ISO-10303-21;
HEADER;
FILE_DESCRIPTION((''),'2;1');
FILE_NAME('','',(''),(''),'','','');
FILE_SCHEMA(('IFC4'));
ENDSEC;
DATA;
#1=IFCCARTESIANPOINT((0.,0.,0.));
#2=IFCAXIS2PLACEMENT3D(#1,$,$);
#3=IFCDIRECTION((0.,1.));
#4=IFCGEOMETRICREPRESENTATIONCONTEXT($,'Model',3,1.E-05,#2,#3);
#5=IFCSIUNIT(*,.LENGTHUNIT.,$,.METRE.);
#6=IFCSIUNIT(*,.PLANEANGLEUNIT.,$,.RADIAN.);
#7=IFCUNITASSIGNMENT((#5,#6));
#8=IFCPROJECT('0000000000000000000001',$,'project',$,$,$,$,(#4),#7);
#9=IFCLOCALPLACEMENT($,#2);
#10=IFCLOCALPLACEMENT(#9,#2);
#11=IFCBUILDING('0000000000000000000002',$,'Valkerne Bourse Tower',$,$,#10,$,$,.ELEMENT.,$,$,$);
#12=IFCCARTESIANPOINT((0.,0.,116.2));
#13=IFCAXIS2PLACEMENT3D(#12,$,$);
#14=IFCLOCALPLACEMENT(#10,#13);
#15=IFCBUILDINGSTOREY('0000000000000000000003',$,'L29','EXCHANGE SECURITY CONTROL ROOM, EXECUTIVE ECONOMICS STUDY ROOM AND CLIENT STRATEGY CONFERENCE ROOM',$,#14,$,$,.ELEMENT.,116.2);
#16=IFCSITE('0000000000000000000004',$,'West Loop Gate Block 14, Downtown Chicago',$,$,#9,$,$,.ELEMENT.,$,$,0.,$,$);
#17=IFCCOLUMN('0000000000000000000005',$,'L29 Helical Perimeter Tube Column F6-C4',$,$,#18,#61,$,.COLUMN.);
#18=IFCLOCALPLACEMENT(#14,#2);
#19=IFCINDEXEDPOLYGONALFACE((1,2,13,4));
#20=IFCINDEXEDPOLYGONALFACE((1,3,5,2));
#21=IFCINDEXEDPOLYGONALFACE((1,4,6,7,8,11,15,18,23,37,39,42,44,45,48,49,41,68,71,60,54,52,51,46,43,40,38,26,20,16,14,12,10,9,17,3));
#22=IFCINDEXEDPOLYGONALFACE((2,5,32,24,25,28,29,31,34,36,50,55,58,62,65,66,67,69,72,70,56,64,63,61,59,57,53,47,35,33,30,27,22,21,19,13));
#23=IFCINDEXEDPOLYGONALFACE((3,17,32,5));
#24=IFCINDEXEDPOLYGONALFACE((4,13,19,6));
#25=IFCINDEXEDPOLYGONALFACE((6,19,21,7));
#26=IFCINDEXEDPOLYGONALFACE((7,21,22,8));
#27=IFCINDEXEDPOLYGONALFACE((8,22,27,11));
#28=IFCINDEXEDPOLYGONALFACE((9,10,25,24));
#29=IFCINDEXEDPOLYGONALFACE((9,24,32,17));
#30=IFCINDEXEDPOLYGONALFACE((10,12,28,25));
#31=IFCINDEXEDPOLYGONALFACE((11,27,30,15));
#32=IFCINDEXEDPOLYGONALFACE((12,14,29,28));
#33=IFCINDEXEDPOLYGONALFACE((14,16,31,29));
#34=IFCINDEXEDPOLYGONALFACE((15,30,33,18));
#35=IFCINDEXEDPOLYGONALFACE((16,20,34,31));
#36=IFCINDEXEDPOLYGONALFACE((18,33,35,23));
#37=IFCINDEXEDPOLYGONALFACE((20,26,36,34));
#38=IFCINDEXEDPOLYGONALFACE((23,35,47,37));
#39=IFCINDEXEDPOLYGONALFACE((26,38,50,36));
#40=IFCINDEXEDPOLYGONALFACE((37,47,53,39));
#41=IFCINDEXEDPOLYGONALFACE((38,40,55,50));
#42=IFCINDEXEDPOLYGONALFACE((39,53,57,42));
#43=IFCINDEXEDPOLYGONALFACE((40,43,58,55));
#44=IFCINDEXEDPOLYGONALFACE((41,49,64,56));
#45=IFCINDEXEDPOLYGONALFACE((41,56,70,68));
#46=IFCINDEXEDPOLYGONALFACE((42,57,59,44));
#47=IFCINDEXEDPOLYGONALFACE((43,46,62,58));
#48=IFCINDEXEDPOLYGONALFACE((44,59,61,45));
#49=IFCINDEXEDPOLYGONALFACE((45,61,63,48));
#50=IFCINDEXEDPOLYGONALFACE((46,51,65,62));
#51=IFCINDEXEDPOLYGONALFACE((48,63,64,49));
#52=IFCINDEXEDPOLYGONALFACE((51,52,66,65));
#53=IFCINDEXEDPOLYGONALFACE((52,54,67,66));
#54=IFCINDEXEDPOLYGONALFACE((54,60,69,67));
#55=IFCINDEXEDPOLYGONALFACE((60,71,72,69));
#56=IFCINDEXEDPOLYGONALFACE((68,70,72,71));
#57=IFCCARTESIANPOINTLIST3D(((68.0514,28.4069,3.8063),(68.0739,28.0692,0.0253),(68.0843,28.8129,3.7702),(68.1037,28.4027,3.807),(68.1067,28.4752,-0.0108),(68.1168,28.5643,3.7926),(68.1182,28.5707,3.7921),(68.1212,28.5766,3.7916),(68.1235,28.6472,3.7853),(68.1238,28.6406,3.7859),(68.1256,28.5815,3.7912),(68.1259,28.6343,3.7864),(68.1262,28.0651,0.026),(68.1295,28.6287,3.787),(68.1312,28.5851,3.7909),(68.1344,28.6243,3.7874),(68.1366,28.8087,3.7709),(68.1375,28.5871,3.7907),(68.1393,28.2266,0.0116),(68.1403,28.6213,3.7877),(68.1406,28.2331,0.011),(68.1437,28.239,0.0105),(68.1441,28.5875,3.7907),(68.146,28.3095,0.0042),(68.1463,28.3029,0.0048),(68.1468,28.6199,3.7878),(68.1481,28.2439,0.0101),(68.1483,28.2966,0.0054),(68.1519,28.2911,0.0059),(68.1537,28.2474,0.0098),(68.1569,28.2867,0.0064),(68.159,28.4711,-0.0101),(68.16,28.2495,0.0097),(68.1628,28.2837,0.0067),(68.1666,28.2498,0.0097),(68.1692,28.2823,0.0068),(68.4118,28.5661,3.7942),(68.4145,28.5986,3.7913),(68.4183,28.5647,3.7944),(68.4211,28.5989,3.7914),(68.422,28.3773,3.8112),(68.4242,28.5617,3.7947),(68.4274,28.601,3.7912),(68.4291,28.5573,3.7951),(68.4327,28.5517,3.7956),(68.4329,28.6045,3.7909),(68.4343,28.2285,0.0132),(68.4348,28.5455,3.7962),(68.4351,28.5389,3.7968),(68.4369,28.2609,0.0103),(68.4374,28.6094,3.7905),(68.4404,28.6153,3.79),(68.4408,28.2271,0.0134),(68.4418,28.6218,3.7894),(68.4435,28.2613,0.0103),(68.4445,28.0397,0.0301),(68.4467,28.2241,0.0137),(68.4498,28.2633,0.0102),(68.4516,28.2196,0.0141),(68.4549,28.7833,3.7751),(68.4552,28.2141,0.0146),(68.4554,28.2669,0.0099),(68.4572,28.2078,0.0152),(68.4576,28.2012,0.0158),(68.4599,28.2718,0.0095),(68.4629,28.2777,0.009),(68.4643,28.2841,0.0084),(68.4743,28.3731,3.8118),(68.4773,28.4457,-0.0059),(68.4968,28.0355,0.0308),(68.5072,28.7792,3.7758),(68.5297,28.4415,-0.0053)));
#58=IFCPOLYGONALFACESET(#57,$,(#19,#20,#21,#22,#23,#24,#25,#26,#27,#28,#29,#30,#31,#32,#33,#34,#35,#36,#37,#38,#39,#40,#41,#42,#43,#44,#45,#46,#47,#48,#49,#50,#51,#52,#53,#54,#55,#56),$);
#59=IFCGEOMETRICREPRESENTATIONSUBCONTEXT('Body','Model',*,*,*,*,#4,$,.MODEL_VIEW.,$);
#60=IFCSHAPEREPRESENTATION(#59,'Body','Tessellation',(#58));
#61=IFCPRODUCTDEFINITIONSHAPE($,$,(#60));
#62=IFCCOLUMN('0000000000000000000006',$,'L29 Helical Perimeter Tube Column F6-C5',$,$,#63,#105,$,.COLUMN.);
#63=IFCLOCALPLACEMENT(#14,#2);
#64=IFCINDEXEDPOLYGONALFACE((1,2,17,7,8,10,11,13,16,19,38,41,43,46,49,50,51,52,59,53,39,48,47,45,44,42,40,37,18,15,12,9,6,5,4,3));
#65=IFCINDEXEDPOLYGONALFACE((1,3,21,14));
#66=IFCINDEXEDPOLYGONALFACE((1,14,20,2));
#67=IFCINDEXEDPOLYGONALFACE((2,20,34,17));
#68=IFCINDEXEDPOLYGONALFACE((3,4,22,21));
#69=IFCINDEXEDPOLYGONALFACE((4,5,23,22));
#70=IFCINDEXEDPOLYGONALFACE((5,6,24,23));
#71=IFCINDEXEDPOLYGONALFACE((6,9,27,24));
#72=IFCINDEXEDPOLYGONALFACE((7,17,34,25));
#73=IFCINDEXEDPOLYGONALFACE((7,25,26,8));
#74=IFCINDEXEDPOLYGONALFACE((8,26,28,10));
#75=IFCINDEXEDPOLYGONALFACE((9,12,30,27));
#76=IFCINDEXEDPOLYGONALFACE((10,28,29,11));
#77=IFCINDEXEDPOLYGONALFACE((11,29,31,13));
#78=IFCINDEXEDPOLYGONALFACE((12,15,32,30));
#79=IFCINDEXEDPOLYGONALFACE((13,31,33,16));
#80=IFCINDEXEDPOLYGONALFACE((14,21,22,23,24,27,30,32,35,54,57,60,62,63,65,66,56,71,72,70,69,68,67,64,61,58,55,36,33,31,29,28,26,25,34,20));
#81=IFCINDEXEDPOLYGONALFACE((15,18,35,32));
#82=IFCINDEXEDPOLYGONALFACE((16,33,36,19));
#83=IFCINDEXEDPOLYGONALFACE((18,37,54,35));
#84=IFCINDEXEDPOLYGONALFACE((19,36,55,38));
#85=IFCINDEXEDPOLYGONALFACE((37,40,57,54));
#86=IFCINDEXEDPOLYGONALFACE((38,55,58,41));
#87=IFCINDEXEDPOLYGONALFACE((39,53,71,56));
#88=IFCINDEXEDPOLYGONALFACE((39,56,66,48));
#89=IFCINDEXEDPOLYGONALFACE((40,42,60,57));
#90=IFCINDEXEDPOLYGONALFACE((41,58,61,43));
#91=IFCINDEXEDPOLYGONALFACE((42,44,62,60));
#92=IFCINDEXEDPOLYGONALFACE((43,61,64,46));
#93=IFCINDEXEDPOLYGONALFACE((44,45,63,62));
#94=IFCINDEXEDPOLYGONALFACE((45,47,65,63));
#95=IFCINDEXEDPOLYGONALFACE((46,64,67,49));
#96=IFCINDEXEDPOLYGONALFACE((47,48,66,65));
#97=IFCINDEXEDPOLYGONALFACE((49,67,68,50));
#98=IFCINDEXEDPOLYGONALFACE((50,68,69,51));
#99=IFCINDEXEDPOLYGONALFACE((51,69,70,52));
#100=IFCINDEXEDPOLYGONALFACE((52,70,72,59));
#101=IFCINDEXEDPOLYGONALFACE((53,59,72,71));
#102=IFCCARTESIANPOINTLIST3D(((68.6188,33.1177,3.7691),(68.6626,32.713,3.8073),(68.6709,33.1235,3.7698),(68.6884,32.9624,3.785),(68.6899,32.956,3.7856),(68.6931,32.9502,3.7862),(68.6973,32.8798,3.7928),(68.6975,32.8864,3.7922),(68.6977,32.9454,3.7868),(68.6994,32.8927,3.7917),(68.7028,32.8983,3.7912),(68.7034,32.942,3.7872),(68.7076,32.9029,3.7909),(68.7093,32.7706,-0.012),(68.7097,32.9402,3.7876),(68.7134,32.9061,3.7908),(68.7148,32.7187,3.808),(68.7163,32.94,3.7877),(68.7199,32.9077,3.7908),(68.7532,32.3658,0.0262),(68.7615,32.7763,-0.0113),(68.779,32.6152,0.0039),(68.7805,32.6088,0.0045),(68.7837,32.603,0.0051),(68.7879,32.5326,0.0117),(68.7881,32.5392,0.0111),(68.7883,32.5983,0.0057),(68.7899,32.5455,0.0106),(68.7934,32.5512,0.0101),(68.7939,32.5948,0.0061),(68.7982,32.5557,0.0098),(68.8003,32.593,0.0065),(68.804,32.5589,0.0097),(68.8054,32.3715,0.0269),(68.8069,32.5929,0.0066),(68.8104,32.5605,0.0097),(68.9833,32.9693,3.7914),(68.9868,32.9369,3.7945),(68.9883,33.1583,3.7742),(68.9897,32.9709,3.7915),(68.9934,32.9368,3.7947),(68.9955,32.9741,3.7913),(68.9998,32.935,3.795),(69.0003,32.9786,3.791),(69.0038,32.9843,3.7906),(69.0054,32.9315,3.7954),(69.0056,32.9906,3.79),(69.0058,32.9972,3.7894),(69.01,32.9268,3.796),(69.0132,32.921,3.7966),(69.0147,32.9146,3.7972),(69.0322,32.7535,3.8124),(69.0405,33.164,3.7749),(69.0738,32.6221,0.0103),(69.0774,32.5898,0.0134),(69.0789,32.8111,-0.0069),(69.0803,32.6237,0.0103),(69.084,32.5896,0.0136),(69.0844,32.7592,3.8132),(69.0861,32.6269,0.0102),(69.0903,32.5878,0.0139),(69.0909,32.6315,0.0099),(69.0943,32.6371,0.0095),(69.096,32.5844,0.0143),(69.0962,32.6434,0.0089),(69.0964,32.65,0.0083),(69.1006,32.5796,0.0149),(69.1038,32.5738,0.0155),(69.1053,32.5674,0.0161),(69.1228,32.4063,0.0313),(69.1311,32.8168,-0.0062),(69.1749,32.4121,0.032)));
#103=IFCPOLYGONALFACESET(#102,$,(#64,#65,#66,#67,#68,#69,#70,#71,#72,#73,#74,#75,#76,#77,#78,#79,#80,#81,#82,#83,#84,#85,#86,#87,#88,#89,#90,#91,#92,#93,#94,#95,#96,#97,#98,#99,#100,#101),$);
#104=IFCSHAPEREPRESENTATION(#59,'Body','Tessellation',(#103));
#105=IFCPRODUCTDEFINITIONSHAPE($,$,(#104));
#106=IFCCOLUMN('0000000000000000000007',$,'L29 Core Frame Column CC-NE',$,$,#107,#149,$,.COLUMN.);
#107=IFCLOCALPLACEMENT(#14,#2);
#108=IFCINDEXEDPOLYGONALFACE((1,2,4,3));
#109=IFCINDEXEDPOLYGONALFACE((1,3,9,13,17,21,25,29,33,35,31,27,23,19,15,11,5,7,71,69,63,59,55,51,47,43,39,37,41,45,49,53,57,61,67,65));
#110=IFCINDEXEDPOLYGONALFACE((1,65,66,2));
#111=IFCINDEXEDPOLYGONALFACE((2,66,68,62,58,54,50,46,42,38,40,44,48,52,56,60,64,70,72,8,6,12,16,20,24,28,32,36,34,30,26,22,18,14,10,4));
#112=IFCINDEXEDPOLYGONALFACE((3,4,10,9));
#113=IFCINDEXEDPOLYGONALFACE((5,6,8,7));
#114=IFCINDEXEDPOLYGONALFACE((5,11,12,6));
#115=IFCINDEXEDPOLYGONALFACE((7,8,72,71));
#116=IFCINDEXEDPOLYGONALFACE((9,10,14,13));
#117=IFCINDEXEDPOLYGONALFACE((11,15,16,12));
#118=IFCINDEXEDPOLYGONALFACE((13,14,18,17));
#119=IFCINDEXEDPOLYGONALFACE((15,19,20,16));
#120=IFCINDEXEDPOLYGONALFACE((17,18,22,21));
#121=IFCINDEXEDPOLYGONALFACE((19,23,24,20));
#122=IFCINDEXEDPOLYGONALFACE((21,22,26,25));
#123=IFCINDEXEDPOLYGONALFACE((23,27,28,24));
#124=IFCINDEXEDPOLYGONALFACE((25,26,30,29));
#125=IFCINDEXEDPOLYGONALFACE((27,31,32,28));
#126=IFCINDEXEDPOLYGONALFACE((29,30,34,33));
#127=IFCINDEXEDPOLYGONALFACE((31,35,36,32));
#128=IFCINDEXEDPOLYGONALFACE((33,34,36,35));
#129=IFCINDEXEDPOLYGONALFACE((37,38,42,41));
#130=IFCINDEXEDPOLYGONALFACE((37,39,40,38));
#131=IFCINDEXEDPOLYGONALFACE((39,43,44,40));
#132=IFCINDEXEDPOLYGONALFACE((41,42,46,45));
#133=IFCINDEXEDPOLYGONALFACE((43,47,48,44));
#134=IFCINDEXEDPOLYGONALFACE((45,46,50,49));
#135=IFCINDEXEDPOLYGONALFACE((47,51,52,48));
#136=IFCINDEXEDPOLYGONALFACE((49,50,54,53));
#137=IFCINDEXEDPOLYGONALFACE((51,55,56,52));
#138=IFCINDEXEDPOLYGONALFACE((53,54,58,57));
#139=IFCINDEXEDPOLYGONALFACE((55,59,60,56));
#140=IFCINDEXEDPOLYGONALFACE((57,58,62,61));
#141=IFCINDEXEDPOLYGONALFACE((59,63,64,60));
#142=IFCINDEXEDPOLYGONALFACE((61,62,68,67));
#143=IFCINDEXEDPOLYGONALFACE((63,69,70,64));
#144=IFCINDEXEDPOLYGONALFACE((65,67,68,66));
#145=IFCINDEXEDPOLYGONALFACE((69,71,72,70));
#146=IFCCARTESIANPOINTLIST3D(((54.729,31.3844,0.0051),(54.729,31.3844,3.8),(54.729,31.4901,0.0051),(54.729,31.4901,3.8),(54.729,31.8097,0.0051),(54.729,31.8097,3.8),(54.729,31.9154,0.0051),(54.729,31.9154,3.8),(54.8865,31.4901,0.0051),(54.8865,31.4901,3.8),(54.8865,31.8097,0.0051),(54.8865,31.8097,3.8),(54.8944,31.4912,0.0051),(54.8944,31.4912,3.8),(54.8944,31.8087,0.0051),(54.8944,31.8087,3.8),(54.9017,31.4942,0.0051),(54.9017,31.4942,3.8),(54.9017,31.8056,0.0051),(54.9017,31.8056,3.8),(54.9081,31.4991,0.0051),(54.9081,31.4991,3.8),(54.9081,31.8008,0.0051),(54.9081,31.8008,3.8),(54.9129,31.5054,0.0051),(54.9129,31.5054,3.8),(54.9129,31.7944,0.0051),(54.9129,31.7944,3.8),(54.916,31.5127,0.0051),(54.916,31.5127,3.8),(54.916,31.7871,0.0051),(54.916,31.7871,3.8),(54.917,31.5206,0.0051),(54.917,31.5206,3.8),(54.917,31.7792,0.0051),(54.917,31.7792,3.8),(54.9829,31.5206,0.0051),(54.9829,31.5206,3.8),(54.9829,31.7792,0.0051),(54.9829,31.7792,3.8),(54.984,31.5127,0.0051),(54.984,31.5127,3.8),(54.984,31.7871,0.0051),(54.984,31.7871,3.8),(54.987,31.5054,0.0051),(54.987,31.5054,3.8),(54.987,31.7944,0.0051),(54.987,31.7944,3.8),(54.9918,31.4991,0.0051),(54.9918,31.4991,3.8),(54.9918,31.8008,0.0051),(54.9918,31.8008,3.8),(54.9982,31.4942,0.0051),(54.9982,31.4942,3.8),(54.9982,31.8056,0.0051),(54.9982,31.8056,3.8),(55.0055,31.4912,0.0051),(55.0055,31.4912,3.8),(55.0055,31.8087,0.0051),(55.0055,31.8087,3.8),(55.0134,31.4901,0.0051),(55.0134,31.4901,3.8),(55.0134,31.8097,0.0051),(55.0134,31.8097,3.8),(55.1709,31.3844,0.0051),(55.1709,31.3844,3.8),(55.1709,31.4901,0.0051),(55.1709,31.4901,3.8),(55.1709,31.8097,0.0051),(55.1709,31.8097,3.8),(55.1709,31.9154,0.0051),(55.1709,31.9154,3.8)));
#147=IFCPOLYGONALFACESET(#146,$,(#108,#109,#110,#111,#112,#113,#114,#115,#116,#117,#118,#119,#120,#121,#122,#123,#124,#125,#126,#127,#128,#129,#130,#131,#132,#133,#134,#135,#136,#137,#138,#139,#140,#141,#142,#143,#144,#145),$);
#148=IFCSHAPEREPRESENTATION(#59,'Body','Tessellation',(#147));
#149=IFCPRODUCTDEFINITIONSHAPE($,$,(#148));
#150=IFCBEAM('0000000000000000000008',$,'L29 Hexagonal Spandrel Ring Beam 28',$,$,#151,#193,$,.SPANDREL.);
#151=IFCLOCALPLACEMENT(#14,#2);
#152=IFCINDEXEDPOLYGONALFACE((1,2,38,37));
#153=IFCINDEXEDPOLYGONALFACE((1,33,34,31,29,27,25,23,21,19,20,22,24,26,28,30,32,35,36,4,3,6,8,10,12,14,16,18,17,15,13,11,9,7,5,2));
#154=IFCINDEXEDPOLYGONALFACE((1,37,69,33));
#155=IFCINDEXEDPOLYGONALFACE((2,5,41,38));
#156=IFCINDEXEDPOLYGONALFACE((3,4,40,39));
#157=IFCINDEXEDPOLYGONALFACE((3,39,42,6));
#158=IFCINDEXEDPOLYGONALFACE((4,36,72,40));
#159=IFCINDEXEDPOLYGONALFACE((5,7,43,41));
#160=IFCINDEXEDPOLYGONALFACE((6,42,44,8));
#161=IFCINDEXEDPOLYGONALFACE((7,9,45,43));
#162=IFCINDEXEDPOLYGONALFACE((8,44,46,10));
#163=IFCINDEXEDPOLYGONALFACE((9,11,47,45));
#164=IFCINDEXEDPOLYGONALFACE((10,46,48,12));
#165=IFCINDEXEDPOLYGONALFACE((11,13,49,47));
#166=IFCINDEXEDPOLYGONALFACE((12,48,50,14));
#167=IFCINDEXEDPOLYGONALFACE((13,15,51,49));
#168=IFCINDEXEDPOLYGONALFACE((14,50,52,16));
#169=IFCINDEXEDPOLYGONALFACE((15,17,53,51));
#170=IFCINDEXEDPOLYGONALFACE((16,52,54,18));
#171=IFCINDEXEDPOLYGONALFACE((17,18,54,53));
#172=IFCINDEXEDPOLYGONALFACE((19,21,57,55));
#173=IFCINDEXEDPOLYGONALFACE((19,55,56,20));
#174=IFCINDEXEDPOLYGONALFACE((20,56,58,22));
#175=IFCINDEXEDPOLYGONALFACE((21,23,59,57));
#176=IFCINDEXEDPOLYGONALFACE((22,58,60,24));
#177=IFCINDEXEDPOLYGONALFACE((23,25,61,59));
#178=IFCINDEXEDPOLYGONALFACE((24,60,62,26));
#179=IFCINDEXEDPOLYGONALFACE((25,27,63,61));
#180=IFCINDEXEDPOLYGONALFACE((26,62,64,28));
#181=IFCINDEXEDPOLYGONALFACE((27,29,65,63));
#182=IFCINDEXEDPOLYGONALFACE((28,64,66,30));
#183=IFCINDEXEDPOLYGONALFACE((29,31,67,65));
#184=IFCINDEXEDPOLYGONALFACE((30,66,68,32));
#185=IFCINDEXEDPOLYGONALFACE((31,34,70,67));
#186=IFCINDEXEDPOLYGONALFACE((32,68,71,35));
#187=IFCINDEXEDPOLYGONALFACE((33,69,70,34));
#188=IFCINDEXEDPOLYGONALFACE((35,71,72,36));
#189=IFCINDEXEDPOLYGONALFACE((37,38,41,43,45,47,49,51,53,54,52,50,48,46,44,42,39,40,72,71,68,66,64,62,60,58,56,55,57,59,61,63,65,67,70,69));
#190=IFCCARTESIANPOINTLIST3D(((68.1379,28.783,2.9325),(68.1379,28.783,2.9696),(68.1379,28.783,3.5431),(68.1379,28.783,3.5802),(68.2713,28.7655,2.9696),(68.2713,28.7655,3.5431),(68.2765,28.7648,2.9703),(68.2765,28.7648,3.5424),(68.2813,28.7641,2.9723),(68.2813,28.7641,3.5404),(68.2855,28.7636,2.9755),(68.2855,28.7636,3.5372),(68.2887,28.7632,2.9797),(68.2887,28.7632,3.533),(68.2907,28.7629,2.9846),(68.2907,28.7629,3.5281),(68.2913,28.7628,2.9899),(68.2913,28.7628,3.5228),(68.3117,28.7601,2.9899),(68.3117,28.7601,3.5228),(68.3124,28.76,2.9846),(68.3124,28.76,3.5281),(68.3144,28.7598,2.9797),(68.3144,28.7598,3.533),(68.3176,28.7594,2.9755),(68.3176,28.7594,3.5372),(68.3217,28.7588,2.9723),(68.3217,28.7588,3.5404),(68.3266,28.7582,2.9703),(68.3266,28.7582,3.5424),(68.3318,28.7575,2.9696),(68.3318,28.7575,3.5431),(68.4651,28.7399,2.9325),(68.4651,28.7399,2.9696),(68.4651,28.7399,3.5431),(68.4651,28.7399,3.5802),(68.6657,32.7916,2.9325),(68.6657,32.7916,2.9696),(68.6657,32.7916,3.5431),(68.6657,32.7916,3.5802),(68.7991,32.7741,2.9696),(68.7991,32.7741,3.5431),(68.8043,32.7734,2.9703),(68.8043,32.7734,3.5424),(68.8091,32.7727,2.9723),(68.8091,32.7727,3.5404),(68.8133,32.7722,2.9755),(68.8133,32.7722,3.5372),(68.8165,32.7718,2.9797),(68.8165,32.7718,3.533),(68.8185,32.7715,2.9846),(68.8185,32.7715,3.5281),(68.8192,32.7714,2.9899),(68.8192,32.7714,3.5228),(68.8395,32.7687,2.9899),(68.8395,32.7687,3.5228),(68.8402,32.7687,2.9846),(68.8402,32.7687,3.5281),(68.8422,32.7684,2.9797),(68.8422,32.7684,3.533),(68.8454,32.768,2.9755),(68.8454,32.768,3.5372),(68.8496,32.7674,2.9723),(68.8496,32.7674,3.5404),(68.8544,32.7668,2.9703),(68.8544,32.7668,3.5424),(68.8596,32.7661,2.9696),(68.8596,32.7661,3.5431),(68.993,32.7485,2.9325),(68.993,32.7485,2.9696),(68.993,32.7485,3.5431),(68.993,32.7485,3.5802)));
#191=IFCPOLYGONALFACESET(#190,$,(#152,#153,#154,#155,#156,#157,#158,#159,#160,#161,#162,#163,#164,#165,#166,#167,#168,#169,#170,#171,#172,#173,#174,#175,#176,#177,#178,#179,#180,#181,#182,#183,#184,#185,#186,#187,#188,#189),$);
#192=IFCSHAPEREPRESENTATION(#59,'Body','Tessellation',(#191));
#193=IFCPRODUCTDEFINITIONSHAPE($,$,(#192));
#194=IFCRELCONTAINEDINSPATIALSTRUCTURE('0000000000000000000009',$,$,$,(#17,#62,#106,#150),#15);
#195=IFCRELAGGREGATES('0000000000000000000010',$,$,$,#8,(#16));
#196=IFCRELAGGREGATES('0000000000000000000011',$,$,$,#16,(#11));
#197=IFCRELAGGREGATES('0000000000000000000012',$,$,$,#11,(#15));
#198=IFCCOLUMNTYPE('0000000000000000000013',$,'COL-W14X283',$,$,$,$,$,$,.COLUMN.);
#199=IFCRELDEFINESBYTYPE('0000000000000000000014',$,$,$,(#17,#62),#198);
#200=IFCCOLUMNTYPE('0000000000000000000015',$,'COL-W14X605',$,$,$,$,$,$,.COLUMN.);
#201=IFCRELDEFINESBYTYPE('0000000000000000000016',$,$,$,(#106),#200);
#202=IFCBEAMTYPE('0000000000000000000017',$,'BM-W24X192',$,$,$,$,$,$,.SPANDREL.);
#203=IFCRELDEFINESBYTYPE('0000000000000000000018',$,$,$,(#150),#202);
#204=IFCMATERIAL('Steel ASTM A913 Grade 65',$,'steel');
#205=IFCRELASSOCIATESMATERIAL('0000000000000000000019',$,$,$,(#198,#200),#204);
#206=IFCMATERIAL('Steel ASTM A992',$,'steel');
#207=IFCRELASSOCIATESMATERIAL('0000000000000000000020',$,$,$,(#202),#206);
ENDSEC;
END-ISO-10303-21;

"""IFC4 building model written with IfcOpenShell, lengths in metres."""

from ifc_helpers import new_model, si_unit, direction, frame, origin, origin_2d, place, context, subcontext, project, spatial, i_section, extrude, material, material_profile, profile_set, type_object, element, save


model = new_model("IFC4")

# Units and contexts
model_context = context("Model", 3, precision=1e-05, world=origin(), true_north=direction((0.0, 1.0)))
body_context = subcontext(model_context, "Body", "Model", "MODEL_VIEW")
ifc_project = project(units=[si_unit("LENGTHUNIT", "METRE"), si_unit("PLANEANGLEUNIT", "RADIAN")], contexts=[model_context])

# Site, building, storey
site_placement = place(None, origin())
site = spatial("IfcSite", under=ifc_project, at=site_placement, Name="West Loop Gate Block 14, Downtown Chicago", CompositionType="ELEMENT", RefElevation=0.0)
building_placement = place(site_placement, origin())
building = spatial("IfcBuilding", under=site, at=building_placement, Name="Valkerne Bourse Tower", CompositionType="ELEMENT")
storey_placement = place(building_placement, frame((0.0, 0.0, 116.2)))
storey = spatial("IfcBuildingStorey", under=building, at=storey_placement, Name="L29", Description="EXCHANGE SECURITY CONTROL ROOM, EXECUTIVE ECONOMICS STUDY ROOM AND CLIENT STRATEGY CONFERENCE ROOM", CompositionType="ELEMENT", Elevation=116.2)

# Columns
ifc_material_1 = material(Name="Steel ASTM A913 Grade 65", Category="steel")
ifc_material_profile_1 = material_profile(ifc_material_1, i_section(OverallWidth=0.4089, OverallDepth=0.4243, WebThickness=0.0327, FlangeThickness=0.0525, FilletRadius=0.0254, at=origin_2d()), Name="W14X283")
ifc_profile_set_1 = profile_set([ifc_material_profile_1], Name="Steel ASTM A913 Grade 65")
column_type_1 = type_object("IfcColumnType", Name="COL-W14X283", PredefinedType="COLUMN", material=ifc_profile_set_1)
column_1_placement = place(storey_placement, frame((68.3018, 28.2554, 0.01), z_axis=(-0.005917, 0.088945, 0.996019), x_axis=(-0.080359, -0.992857, 0.088185)))
element("IfcColumn", 1, at=column_1_placement, inside=storey, type_object=column_type_1, Name="L29 Helical Perimeter Tube Column F6-C4", PredefinedType="COLUMN", context=body_context, shape_type="SweptSolid", body=[
    extrude(i_section(OverallWidth=0.4089, OverallDepth=0.4243, WebThickness=0.0327, FlangeThickness=0.0525, FilletRadius=0.0254, at=origin_2d()), origin(), (0.0, 0.0, 1.0), 3.7961),
])
column_2_placement = place(storey_placement, frame((68.9421, 32.5913, 0.01), z_axis=(-0.023848, 0.091408, 0.995528), x_axis=(0.107273, -0.989828, 0.093455)))
element("IfcColumn", 2, at=column_2_placement, inside=storey, type_object=column_type_1, Name="L29 Helical Perimeter Tube Column F6-C5", PredefinedType="COLUMN", context=body_context, shape_type="SweptSolid", body=[
    extrude(i_section(OverallWidth=0.4089, OverallDepth=0.4243, WebThickness=0.0327, FlangeThickness=0.0525, FilletRadius=0.0254, at=origin_2d()), origin(), (0.0, 0.0, 1.0), 3.7981),
])
ifc_material_profile_2 = material_profile(ifc_material_1, i_section(OverallWidth=0.4419, OverallDepth=0.531, WebThickness=0.0659, FlangeThickness=0.1057, FilletRadius=0.0305, at=origin_2d()), Name="W14X605")
ifc_profile_set_2 = profile_set([ifc_material_profile_2], Name="Steel ASTM A913 Grade 65")
column_type_2 = type_object("IfcColumnType", Name="COL-W14X605", PredefinedType="COLUMN", material=ifc_profile_set_2)
column_3_placement = place(storey_placement, frame((54.95, 31.6499, 0.0051), z_axis=(0.0, 0.0, 1.0), x_axis=(1.0, 0.0, 0.0)))
element("IfcColumn", 3, at=column_3_placement, inside=storey, type_object=column_type_2, Name="L29 Core Frame Column CC-NE", PredefinedType="COLUMN", context=body_context, shape_type="SweptSolid", body=[
    extrude(i_section(OverallWidth=0.4419, OverallDepth=0.531, WebThickness=0.0659, FlangeThickness=0.1057, FilletRadius=0.0305, at=origin_2d()), origin(), (0.0, 0.0, 1.0), 3.7949),
])

# Beam
ifc_material_2 = material(Name="Steel ASTM A992", Category="steel")
ifc_material_profile_3 = material_profile(ifc_material_2, i_section(OverallWidth=0.3301, OverallDepth=0.6477, WebThickness=0.0205, FlangeThickness=0.0371, FilletRadius=0.0203, at=origin_2d()), Name="W24X192")
ifc_profile_set_3 = profile_set([ifc_material_profile_3], Name="Steel ASTM A992")
beam_type_1 = type_object("IfcBeamType", Name="BM-W24X192", PredefinedType="SPANDREL", material=ifc_profile_set_3)
beam_1_placement = place(storey_placement, frame((68.3015, 28.7615, 3.2563), z_axis=(0.13055, 0.991442, 0.0), x_axis=(-0.991442, 0.13055, 0.0)))
element("IfcBeam", 4, at=beam_1_placement, inside=storey, type_object=beam_type_1, Name="L29 Hexagonal Spandrel Ring Beam 28", PredefinedType="SPANDREL", context=body_context, shape_type="SweptSolid", body=[
    extrude(i_section(OverallWidth=0.3301, OverallDepth=0.6477, WebThickness=0.0205, FlangeThickness=0.0371, FilletRadius=0.0203, at=origin_2d()), origin(), (0.0, 0.0, 1.0), 4.0432),
])

save(model, "model.ifc")
